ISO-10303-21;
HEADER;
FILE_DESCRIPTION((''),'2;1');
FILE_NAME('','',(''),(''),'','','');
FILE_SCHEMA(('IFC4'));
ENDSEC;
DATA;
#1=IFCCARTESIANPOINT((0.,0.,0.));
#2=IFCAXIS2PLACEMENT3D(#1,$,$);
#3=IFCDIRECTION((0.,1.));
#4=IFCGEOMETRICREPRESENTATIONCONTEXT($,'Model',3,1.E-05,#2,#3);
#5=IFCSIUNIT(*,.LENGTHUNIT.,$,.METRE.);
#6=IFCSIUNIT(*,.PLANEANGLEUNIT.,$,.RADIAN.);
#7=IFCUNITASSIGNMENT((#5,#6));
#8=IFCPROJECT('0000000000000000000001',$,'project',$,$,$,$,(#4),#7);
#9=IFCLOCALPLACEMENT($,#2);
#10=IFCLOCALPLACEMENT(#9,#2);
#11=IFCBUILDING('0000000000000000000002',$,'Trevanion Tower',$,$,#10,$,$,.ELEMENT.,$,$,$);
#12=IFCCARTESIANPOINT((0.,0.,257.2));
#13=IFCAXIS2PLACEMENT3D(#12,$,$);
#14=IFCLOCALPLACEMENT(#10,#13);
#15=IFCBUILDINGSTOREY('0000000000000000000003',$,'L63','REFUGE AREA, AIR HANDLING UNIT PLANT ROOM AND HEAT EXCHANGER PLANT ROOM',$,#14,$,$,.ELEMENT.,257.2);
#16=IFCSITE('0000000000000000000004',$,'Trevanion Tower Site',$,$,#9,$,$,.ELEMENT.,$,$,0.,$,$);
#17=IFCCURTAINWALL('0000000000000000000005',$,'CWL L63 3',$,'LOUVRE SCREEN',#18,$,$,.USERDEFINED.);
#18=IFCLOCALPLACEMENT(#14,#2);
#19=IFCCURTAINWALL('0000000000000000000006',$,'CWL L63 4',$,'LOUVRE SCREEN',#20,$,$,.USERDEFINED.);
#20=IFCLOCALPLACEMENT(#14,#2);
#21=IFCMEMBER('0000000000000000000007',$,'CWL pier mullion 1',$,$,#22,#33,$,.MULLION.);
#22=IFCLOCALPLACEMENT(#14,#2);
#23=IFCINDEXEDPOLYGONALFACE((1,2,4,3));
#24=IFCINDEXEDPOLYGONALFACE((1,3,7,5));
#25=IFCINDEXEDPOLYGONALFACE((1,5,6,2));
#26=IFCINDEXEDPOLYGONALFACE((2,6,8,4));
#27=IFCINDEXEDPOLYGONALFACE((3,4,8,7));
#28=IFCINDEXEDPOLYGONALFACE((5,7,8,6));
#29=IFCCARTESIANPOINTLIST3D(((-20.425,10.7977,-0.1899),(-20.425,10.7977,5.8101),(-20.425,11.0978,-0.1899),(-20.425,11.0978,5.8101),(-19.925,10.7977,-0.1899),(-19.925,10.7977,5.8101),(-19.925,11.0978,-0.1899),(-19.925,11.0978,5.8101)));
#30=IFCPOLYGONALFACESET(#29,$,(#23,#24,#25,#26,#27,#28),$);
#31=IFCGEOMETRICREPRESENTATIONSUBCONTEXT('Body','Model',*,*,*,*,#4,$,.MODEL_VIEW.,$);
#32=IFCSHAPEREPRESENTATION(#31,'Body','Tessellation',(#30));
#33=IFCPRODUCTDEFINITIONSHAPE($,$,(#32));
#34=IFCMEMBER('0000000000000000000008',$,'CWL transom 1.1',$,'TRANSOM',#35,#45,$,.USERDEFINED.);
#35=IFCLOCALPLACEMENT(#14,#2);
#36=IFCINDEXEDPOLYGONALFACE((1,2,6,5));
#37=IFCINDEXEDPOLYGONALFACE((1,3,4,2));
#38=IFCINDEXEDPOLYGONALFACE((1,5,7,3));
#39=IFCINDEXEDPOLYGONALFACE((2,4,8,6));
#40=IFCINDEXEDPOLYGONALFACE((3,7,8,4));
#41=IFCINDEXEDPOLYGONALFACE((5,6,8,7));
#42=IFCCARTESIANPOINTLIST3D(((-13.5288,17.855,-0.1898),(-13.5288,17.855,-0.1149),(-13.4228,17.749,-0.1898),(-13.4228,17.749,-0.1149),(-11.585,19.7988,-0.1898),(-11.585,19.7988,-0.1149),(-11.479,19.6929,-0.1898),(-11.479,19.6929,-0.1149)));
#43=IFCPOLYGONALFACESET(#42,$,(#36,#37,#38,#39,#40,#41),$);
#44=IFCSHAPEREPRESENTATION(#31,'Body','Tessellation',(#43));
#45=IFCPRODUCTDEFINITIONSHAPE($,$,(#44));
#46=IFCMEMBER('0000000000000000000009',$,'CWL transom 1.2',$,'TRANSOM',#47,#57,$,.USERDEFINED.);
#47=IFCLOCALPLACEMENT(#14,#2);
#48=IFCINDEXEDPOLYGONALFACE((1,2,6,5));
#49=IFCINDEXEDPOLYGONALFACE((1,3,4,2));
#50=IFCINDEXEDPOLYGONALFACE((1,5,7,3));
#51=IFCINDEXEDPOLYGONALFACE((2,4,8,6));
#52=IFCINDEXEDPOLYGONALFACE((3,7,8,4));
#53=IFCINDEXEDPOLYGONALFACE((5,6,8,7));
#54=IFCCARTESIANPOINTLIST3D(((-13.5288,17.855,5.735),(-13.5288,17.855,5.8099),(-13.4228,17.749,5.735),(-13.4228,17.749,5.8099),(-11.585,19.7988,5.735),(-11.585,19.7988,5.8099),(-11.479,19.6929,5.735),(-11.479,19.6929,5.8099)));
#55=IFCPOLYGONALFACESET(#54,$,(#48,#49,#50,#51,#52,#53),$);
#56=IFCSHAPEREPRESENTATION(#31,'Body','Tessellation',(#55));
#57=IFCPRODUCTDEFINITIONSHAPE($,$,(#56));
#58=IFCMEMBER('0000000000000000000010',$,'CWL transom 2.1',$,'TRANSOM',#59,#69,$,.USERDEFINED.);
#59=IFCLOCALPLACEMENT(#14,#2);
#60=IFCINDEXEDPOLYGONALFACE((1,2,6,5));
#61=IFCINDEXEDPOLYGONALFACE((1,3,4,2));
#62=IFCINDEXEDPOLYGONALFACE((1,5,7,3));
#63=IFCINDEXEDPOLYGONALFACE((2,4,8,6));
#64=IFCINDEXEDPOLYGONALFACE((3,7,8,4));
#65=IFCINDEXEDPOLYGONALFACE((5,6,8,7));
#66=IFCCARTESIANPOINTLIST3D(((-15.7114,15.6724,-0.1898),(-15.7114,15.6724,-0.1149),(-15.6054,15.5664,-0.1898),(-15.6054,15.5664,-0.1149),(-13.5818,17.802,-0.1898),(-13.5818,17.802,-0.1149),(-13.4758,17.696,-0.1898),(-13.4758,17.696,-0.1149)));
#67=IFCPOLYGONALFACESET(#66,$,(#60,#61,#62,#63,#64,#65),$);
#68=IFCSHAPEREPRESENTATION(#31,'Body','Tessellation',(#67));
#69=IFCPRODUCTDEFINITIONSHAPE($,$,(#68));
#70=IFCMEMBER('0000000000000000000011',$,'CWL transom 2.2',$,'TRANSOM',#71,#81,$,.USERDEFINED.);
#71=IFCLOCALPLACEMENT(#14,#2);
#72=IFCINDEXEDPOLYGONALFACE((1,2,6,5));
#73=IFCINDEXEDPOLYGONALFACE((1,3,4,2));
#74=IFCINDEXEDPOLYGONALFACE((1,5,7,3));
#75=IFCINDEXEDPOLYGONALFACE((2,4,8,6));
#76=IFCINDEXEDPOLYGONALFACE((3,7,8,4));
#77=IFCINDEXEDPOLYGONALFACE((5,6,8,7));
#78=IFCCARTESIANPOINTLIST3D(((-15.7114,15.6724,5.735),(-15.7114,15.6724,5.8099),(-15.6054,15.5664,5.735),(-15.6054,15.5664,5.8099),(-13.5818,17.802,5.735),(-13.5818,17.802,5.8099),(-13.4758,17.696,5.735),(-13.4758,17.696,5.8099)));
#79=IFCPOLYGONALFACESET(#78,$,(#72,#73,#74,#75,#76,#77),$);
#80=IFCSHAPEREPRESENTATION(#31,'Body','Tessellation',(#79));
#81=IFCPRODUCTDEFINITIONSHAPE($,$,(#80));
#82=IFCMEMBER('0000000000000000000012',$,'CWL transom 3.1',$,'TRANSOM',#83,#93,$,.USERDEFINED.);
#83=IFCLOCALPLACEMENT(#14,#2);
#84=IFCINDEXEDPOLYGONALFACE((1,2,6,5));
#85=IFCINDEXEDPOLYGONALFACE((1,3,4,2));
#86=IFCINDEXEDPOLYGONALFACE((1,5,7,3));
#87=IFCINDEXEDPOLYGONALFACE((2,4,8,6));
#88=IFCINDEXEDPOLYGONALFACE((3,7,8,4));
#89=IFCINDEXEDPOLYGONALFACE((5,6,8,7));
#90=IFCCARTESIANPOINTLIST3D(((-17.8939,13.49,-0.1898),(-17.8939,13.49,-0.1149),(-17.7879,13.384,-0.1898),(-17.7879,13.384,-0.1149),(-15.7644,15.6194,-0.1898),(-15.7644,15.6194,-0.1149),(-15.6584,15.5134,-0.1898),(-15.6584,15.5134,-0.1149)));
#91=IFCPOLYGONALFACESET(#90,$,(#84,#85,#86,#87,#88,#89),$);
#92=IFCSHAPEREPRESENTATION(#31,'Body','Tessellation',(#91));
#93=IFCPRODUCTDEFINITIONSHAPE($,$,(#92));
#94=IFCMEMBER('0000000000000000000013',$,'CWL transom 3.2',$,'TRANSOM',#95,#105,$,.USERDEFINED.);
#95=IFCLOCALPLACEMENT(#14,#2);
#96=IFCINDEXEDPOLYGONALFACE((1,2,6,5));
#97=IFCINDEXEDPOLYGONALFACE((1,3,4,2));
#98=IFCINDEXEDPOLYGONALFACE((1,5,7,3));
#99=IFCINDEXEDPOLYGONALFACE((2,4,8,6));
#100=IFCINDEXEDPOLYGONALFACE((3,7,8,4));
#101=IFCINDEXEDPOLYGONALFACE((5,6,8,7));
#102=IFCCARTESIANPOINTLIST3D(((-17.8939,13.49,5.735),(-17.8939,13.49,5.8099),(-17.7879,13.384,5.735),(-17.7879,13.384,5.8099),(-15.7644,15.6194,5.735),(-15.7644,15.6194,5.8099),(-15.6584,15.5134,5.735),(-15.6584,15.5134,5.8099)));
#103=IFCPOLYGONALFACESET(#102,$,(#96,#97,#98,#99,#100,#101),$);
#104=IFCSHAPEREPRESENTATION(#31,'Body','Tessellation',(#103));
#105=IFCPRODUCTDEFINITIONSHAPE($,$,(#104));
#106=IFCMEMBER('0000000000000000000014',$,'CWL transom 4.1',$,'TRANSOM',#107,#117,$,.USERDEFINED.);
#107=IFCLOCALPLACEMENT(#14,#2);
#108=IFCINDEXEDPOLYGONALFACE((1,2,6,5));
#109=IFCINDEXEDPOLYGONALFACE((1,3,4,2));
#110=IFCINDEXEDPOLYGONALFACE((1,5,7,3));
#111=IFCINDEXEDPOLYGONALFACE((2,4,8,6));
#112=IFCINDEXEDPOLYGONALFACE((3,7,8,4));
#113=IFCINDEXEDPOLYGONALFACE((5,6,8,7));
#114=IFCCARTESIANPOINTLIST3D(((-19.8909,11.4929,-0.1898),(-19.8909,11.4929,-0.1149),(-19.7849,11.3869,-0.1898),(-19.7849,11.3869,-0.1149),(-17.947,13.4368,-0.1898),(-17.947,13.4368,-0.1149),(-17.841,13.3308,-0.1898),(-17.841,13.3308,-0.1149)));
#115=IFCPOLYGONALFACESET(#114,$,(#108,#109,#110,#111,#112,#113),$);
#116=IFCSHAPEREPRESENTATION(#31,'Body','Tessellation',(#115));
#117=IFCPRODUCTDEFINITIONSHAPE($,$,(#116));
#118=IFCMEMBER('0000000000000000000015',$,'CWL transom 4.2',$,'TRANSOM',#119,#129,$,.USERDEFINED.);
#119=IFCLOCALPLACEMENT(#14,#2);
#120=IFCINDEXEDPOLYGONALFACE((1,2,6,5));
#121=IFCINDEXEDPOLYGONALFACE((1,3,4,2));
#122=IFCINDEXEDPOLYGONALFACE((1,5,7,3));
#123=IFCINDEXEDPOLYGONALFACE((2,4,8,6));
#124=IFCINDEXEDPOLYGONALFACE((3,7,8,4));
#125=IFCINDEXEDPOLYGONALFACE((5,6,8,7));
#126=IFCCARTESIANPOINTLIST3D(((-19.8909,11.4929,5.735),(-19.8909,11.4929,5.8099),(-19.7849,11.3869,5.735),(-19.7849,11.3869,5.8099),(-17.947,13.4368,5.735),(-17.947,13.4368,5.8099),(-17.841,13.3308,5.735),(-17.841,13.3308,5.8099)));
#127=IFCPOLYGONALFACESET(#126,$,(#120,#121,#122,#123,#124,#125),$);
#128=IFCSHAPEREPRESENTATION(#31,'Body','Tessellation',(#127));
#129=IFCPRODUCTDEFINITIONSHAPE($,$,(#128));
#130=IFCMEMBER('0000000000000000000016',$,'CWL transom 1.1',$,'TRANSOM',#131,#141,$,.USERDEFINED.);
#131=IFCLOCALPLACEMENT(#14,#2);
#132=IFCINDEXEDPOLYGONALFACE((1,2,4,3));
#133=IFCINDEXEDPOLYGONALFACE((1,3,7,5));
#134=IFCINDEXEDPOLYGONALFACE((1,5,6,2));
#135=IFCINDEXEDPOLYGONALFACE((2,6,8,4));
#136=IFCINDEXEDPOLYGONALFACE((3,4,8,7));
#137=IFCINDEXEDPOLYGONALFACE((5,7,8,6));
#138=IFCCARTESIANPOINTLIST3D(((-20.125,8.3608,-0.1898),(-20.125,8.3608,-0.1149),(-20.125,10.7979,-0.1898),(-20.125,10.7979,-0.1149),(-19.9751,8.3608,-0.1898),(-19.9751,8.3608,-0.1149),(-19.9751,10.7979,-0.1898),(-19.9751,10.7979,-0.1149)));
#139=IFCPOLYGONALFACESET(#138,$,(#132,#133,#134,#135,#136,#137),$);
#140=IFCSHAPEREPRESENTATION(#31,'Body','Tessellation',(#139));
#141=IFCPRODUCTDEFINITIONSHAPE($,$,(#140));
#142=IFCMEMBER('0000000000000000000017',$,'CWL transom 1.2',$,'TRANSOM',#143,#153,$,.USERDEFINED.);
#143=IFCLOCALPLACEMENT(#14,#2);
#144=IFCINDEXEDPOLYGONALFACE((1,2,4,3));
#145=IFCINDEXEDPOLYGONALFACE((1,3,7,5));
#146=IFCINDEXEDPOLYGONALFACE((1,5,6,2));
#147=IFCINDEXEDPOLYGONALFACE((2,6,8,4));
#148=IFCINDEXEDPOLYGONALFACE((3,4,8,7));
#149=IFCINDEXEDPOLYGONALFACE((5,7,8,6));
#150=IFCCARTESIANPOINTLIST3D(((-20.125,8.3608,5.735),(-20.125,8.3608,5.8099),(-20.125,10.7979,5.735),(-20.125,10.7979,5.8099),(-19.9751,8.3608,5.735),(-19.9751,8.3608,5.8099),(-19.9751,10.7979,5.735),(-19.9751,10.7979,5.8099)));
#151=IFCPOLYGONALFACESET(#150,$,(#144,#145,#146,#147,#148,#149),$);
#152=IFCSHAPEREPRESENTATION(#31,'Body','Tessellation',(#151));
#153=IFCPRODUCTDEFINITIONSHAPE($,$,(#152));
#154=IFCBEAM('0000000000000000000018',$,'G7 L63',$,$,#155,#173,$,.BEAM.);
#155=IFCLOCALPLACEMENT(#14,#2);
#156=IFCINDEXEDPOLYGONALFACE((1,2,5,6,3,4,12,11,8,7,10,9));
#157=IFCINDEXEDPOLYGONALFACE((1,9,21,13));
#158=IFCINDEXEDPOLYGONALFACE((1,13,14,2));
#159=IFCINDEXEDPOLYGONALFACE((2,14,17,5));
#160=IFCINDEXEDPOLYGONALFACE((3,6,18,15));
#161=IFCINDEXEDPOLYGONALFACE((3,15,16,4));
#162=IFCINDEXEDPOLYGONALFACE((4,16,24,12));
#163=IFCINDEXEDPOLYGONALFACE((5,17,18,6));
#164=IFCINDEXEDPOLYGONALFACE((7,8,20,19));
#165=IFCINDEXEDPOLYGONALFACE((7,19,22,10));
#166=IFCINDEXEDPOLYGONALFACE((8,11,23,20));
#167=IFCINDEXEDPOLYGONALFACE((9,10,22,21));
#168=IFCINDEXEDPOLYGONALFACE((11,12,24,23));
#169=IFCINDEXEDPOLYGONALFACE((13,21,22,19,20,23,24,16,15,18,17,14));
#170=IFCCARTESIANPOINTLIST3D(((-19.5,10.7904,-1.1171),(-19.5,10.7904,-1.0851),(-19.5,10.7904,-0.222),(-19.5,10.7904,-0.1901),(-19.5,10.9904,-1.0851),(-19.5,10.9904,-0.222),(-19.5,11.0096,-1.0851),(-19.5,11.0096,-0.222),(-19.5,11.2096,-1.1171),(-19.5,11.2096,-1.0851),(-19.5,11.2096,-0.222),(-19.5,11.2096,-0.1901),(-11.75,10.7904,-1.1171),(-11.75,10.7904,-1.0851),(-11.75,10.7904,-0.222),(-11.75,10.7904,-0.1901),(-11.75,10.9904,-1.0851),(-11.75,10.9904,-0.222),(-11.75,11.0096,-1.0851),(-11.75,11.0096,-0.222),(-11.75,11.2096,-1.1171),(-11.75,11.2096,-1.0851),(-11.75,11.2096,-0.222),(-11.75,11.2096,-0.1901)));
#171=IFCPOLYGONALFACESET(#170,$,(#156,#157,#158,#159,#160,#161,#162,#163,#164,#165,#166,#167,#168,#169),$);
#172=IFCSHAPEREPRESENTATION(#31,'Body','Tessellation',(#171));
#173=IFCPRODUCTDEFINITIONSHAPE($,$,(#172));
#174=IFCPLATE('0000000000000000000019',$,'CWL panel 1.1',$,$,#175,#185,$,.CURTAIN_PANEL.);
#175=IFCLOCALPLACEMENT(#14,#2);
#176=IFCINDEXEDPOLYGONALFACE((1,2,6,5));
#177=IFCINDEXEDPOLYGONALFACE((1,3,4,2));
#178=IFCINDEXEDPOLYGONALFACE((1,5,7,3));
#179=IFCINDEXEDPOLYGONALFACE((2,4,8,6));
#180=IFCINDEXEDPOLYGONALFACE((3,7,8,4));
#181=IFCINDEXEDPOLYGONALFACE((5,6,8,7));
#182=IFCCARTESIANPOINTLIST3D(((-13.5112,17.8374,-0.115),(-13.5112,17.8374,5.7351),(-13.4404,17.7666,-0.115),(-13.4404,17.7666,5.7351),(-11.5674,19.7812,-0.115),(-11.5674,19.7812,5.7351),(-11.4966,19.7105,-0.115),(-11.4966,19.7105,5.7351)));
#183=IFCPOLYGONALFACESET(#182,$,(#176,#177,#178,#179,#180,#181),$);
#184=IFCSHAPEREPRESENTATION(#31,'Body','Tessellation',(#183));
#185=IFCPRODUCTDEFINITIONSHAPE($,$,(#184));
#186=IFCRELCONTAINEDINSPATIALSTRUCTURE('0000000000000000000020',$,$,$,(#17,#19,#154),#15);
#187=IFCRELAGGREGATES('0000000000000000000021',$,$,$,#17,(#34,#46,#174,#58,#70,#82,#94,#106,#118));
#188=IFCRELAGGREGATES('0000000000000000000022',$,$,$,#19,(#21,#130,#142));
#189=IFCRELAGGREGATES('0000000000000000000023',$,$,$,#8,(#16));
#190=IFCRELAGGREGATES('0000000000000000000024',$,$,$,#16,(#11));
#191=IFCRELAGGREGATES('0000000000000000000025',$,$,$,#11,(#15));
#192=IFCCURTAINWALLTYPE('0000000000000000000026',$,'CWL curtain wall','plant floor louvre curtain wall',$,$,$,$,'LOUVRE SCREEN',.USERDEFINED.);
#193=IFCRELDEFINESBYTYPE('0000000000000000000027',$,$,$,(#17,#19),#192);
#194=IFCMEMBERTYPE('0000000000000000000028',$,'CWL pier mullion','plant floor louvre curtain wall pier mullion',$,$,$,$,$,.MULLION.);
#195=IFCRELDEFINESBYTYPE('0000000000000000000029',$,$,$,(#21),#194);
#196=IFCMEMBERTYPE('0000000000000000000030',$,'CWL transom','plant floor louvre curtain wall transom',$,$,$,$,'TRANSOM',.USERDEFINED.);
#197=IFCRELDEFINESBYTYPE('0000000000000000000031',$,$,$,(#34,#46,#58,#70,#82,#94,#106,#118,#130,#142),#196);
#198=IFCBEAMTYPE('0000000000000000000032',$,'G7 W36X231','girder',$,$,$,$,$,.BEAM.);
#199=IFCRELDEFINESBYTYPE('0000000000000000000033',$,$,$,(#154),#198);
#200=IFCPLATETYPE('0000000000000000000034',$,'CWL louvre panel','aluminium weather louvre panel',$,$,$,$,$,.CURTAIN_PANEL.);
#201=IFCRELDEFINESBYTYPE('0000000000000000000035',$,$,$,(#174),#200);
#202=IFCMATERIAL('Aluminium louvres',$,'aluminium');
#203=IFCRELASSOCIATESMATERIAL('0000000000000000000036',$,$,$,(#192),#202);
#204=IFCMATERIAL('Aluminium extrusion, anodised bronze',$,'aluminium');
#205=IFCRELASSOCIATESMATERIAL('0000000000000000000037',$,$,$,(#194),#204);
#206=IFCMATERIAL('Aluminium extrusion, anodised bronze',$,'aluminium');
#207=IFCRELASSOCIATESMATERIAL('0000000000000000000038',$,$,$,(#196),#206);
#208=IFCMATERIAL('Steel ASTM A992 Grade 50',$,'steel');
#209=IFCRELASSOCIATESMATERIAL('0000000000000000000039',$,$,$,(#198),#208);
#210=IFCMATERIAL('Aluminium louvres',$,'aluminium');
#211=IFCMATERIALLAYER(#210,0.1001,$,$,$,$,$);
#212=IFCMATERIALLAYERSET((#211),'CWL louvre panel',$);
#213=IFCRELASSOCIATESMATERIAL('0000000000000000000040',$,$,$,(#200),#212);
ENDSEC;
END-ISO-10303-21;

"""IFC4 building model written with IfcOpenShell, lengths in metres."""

from ifc_helpers import new_model, si_unit, direction, frame, origin, origin_2d, place, context, subcontext, project, spatial, rectangle, i_section, extrude, material, layer, layer_set, material_profile, profile_set, type_object, element, aggregate, save


model = new_model("IFC4")

# Units and contexts
model_context = context("Model", 3, precision=1e-05, world=origin(), true_north=direction((0.0, 1.0)))
body_context = subcontext(model_context, "Body", "Model", "MODEL_VIEW")
ifc_project = project(units=[si_unit("LENGTHUNIT", "METRE"), si_unit("PLANEANGLEUNIT", "RADIAN")], contexts=[model_context])

# Site, building, storey
site_placement = place(None, origin())
site = spatial("IfcSite", under=ifc_project, at=site_placement, Name="Trevanion Tower Site", CompositionType="ELEMENT", RefElevation=0.0)
building_placement = place(site_placement, origin())
building = spatial("IfcBuilding", under=site, at=building_placement, Name="Trevanion Tower", CompositionType="ELEMENT")
storey_placement = place(building_placement, frame((0.0, 0.0, 257.2)))
storey = spatial("IfcBuildingStorey", under=building, at=storey_placement, Name="L63", Description="REFUGE AREA, AIR HANDLING UNIT PLANT ROOM AND HEAT EXCHANGER PLANT ROOM", CompositionType="ELEMENT", Elevation=257.2)

# Curtain wall
ifc_material_1 = material(Name="Aluminium louvres", Category="aluminium")
curtain_wall_type = type_object("IfcCurtainWallType", Name="CWL curtain wall", Description="plant floor louvre curtain wall", ElementType="LOUVRE SCREEN", PredefinedType="USERDEFINED", material=ifc_material_1)
curtain_wall_1_placement = place(storey_placement, origin())
curtain_wall_1 = element("IfcCurtainWall", 1, at=curtain_wall_1_placement, inside=storey, type_object=curtain_wall_type, Name="CWL L63 3", ObjectType="LOUVRE SCREEN", PredefinedType="USERDEFINED")

# Curtain wall
curtain_wall_2_placement = place(storey_placement, origin())
curtain_wall_2 = element("IfcCurtainWall", 2, at=curtain_wall_2_placement, inside=storey, type_object=curtain_wall_type, Name="CWL L63 4", ObjectType="LOUVRE SCREEN", PredefinedType="USERDEFINED")

# Members
ifc_material_2 = material(Name="Aluminium extrusion, anodised bronze", Category="aluminium")
ifc_material_profile_1 = material_profile(ifc_material_2, rectangle(XDim=0.3, YDim=0.5, at=origin_2d()), Name="CWL pier mullion")
ifc_profile_set_1 = profile_set([ifc_material_profile_1], Name="Aluminium extrusion, anodised bronze")
member_type_1 = type_object("IfcMemberType", Name="CWL pier mullion", Description="plant floor louvre curtain wall pier mullion", PredefinedType="MULLION", material=ifc_profile_set_1)
member_1_placement = place(storey_placement, frame((-20.175, 10.9478, -0.1899), z_axis=(0.0, 0.0, 1.0), x_axis=(0.0, -1.0, 0.0)))
member_1 = element("IfcMember", 3, at=member_1_placement, type_object=member_type_1, Name="CWL pier mullion 1", PredefinedType="MULLION", context=body_context, shape_type="SweptSolid", body=[
    extrude(rectangle(XDim=0.3, YDim=0.5, at=origin_2d()), origin(), (0.0, 0.0, 1.0), 6.0),
])
ifc_material_3 = material(Name="Aluminium extrusion, anodised bronze", Category="aluminium")
ifc_material_profile_2 = material_profile(ifc_material_3, rectangle(XDim=0.1499, YDim=0.075, at=origin_2d()), Name="CWL transom")
ifc_profile_set_2 = profile_set([ifc_material_profile_2], Name="Aluminium extrusion, anodised bronze")
member_type_2 = type_object("IfcMemberType", Name="CWL transom", Description="plant floor louvre curtain wall transom", ElementType="TRANSOM", PredefinedType="USERDEFINED", material=ifc_profile_set_2)
member_2_placement = place(storey_placement, frame((-11.532, 19.7458, -0.1523), z_axis=(-0.707107, -0.707107, 0.0), x_axis=(0.707107, -0.707107, 0.0)))
member_2 = element("IfcMember", 4, at=member_2_placement, type_object=member_type_2, Name="CWL transom 1.1", ObjectType="TRANSOM", PredefinedType="USERDEFINED", context=body_context, shape_type="SweptSolid", body=[
    extrude(rectangle(XDim=0.1499, YDim=0.075, at=origin_2d()), origin(), (0.0, 0.0, 1.0), 2.749),
])
member_3_placement = place(storey_placement, frame((-11.532, 19.7458, 5.7725), z_axis=(-0.707107, -0.707107, 0.0), x_axis=(0.707107, -0.707107, 0.0)))
member_3 = element("IfcMember", 5, at=member_3_placement, type_object=member_type_2, Name="CWL transom 1.2", ObjectType="TRANSOM", PredefinedType="USERDEFINED", context=body_context, shape_type="SweptSolid", body=[
    extrude(rectangle(XDim=0.1499, YDim=0.075, at=origin_2d()), origin(), (0.0, 0.0, 1.0), 2.749),
])
member_4_placement = place(storey_placement, frame((-13.5288, 17.749, -0.1523), z_axis=(-0.707107, -0.707107, 0.0), x_axis=(0.707107, -0.707107, 0.0)))
member_4 = element("IfcMember", 6, at=member_4_placement, type_object=member_type_2, Name="CWL transom 2.1", ObjectType="TRANSOM", PredefinedType="USERDEFINED", context=body_context, shape_type="SweptSolid", body=[
    extrude(rectangle(XDim=0.1499, YDim=0.075, at=origin_2d()), origin(), (0.0, 0.0, 1.0), 3.0117),
])
member_5_placement = place(storey_placement, frame((-13.5288, 17.749, 5.7725), z_axis=(-0.707107, -0.707107, 0.0), x_axis=(0.707107, -0.707107, 0.0)))
member_5 = element("IfcMember", 7, at=member_5_placement, type_object=member_type_2, Name="CWL transom 2.2", ObjectType="TRANSOM", PredefinedType="USERDEFINED", context=body_context, shape_type="SweptSolid", body=[
    extrude(rectangle(XDim=0.1499, YDim=0.075, at=origin_2d()), origin(), (0.0, 0.0, 1.0), 3.0117),
])
member_6_placement = place(storey_placement, frame((-15.7114, 15.5664, -0.1523), z_axis=(-0.707107, -0.707107, 0.0), x_axis=(0.707107, -0.707107, 0.0)))
member_6 = element("IfcMember", 8, at=member_6_placement, type_object=member_type_2, Name="CWL transom 3.1", ObjectType="TRANSOM", PredefinedType="USERDEFINED", context=body_context, shape_type="SweptSolid", body=[
    extrude(rectangle(XDim=0.1499, YDim=0.075, at=origin_2d()), origin(), (0.0, 0.0, 1.0), 3.0115),
])
member_7_placement = place(storey_placement, frame((-15.7114, 15.5664, 5.7725), z_axis=(-0.707107, -0.707107, 0.0), x_axis=(0.707107, -0.707107, 0.0)))
member_7 = element("IfcMember", 9, at=member_7_placement, type_object=member_type_2, Name="CWL transom 3.2", ObjectType="TRANSOM", PredefinedType="USERDEFINED", context=body_context, shape_type="SweptSolid", body=[
    extrude(rectangle(XDim=0.1499, YDim=0.075, at=origin_2d()), origin(), (0.0, 0.0, 1.0), 3.0115),
])
member_8_placement = place(storey_placement, frame((-17.894, 13.3838, -0.1523), z_axis=(-0.707107, -0.707107, 0.0), x_axis=(0.707107, -0.707107, 0.0)))
member_8 = element("IfcMember", 10, at=member_8_placement, type_object=member_type_2, Name="CWL transom 4.1", ObjectType="TRANSOM", PredefinedType="USERDEFINED", context=body_context, shape_type="SweptSolid", body=[
    extrude(rectangle(XDim=0.1499, YDim=0.075, at=origin_2d()), origin(), (0.0, 0.0, 1.0), 2.749),
])
member_9_placement = place(storey_placement, frame((-17.894, 13.3838, 5.7725), z_axis=(-0.707107, -0.707107, 0.0), x_axis=(0.707107, -0.707107, 0.0)))
member_9 = element("IfcMember", 11, at=member_9_placement, type_object=member_type_2, Name="CWL transom 4.2", ObjectType="TRANSOM", PredefinedType="USERDEFINED", context=body_context, shape_type="SweptSolid", body=[
    extrude(rectangle(XDim=0.1499, YDim=0.075, at=origin_2d()), origin(), (0.0, 0.0, 1.0), 2.749),
])
member_10_placement = place(storey_placement, frame((-20.05, 10.7979, -0.1523), z_axis=(0.0, -1.0, 0.0), x_axis=(1.0, 0.0, 0.0)))
member_10 = element("IfcMember", 12, at=member_10_placement, type_object=member_type_2, Name="CWL transom 1.1", ObjectType="TRANSOM", PredefinedType="USERDEFINED", context=body_context, shape_type="SweptSolid", body=[
    extrude(rectangle(XDim=0.1499, YDim=0.075, at=origin_2d()), origin(), (0.0, 0.0, 1.0), 2.437),
])
member_11_placement = place(storey_placement, frame((-20.05, 10.7979, 5.7725), z_axis=(0.0, -1.0, 0.0), x_axis=(1.0, 0.0, 0.0)))
member_11 = element("IfcMember", 13, at=member_11_placement, type_object=member_type_2, Name="CWL transom 1.2", ObjectType="TRANSOM", PredefinedType="USERDEFINED", context=body_context, shape_type="SweptSolid", body=[
    extrude(rectangle(XDim=0.1499, YDim=0.075, at=origin_2d()), origin(), (0.0, 0.0, 1.0), 2.437),
])

# Beam
ifc_material_4 = material(Name="Steel ASTM A992 Grade 50", Category="steel")
ifc_material_profile_3 = material_profile(ifc_material_4, i_section(OverallWidth=0.4192, OverallDepth=0.927, WebThickness=0.0193, FlangeThickness=0.032, at=origin_2d()), Name="W36X231")
ifc_profile_set_3 = profile_set([ifc_material_profile_3], Name="Steel ASTM A992 Grade 50")
beam_type_1 = type_object("IfcBeamType", Name="G7 W36X231", Description="girder", PredefinedType="BEAM", material=ifc_profile_set_3)
beam_1_placement = place(storey_placement, frame((-11.75, 11.0, -0.6536), z_axis=(-1.0, 0.0, 0.0), x_axis=(0.0, -1.0, 0.0)))
element("IfcBeam", 14, at=beam_1_placement, inside=storey, type_object=beam_type_1, Name="G7 L63", PredefinedType="BEAM", context=body_context, shape_type="SweptSolid", body=[
    extrude(i_section(OverallWidth=0.4192, OverallDepth=0.927, WebThickness=0.0193, FlangeThickness=0.032, at=origin_2d()), origin(), (0.0, 0.0, 1.0), 7.75),
])

# Plate
ifc_material_5 = material(Name="Aluminium louvres", Category="aluminium")
ifc_layer_1 = layer(ifc_material_5, 0.1001)
ifc_layer_set_1 = layer_set([ifc_layer_1], Name="CWL louvre panel")
plate_type = type_object("IfcPlateType", Name="CWL louvre panel", Description="aluminium weather louvre panel", PredefinedType="CURTAIN_PANEL", material=ifc_layer_set_1)
plate_1_placement = place(storey_placement, frame((-12.5039, 18.7739, -0.115), z_axis=(0.0, 0.0, 1.0), x_axis=(-0.707107, -0.707107, 0.0)))
plate_1 = element("IfcPlate", 15, at=plate_1_placement, type_object=plate_type, Name="CWL panel 1.1", PredefinedType="CURTAIN_PANEL", context=body_context, shape_type="SweptSolid", body=[
    extrude(rectangle(XDim=2.749, YDim=0.1001, at=origin_2d()), origin(), (0.0, 0.0, 1.0), 5.8501),
])
aggregate(curtain_wall_1, [member_2, member_3, plate_1, member_4, member_5, member_6, member_7, member_8, member_9])
aggregate(curtain_wall_2, [member_1, member_10, member_11])

save(model, "model.ifc")
